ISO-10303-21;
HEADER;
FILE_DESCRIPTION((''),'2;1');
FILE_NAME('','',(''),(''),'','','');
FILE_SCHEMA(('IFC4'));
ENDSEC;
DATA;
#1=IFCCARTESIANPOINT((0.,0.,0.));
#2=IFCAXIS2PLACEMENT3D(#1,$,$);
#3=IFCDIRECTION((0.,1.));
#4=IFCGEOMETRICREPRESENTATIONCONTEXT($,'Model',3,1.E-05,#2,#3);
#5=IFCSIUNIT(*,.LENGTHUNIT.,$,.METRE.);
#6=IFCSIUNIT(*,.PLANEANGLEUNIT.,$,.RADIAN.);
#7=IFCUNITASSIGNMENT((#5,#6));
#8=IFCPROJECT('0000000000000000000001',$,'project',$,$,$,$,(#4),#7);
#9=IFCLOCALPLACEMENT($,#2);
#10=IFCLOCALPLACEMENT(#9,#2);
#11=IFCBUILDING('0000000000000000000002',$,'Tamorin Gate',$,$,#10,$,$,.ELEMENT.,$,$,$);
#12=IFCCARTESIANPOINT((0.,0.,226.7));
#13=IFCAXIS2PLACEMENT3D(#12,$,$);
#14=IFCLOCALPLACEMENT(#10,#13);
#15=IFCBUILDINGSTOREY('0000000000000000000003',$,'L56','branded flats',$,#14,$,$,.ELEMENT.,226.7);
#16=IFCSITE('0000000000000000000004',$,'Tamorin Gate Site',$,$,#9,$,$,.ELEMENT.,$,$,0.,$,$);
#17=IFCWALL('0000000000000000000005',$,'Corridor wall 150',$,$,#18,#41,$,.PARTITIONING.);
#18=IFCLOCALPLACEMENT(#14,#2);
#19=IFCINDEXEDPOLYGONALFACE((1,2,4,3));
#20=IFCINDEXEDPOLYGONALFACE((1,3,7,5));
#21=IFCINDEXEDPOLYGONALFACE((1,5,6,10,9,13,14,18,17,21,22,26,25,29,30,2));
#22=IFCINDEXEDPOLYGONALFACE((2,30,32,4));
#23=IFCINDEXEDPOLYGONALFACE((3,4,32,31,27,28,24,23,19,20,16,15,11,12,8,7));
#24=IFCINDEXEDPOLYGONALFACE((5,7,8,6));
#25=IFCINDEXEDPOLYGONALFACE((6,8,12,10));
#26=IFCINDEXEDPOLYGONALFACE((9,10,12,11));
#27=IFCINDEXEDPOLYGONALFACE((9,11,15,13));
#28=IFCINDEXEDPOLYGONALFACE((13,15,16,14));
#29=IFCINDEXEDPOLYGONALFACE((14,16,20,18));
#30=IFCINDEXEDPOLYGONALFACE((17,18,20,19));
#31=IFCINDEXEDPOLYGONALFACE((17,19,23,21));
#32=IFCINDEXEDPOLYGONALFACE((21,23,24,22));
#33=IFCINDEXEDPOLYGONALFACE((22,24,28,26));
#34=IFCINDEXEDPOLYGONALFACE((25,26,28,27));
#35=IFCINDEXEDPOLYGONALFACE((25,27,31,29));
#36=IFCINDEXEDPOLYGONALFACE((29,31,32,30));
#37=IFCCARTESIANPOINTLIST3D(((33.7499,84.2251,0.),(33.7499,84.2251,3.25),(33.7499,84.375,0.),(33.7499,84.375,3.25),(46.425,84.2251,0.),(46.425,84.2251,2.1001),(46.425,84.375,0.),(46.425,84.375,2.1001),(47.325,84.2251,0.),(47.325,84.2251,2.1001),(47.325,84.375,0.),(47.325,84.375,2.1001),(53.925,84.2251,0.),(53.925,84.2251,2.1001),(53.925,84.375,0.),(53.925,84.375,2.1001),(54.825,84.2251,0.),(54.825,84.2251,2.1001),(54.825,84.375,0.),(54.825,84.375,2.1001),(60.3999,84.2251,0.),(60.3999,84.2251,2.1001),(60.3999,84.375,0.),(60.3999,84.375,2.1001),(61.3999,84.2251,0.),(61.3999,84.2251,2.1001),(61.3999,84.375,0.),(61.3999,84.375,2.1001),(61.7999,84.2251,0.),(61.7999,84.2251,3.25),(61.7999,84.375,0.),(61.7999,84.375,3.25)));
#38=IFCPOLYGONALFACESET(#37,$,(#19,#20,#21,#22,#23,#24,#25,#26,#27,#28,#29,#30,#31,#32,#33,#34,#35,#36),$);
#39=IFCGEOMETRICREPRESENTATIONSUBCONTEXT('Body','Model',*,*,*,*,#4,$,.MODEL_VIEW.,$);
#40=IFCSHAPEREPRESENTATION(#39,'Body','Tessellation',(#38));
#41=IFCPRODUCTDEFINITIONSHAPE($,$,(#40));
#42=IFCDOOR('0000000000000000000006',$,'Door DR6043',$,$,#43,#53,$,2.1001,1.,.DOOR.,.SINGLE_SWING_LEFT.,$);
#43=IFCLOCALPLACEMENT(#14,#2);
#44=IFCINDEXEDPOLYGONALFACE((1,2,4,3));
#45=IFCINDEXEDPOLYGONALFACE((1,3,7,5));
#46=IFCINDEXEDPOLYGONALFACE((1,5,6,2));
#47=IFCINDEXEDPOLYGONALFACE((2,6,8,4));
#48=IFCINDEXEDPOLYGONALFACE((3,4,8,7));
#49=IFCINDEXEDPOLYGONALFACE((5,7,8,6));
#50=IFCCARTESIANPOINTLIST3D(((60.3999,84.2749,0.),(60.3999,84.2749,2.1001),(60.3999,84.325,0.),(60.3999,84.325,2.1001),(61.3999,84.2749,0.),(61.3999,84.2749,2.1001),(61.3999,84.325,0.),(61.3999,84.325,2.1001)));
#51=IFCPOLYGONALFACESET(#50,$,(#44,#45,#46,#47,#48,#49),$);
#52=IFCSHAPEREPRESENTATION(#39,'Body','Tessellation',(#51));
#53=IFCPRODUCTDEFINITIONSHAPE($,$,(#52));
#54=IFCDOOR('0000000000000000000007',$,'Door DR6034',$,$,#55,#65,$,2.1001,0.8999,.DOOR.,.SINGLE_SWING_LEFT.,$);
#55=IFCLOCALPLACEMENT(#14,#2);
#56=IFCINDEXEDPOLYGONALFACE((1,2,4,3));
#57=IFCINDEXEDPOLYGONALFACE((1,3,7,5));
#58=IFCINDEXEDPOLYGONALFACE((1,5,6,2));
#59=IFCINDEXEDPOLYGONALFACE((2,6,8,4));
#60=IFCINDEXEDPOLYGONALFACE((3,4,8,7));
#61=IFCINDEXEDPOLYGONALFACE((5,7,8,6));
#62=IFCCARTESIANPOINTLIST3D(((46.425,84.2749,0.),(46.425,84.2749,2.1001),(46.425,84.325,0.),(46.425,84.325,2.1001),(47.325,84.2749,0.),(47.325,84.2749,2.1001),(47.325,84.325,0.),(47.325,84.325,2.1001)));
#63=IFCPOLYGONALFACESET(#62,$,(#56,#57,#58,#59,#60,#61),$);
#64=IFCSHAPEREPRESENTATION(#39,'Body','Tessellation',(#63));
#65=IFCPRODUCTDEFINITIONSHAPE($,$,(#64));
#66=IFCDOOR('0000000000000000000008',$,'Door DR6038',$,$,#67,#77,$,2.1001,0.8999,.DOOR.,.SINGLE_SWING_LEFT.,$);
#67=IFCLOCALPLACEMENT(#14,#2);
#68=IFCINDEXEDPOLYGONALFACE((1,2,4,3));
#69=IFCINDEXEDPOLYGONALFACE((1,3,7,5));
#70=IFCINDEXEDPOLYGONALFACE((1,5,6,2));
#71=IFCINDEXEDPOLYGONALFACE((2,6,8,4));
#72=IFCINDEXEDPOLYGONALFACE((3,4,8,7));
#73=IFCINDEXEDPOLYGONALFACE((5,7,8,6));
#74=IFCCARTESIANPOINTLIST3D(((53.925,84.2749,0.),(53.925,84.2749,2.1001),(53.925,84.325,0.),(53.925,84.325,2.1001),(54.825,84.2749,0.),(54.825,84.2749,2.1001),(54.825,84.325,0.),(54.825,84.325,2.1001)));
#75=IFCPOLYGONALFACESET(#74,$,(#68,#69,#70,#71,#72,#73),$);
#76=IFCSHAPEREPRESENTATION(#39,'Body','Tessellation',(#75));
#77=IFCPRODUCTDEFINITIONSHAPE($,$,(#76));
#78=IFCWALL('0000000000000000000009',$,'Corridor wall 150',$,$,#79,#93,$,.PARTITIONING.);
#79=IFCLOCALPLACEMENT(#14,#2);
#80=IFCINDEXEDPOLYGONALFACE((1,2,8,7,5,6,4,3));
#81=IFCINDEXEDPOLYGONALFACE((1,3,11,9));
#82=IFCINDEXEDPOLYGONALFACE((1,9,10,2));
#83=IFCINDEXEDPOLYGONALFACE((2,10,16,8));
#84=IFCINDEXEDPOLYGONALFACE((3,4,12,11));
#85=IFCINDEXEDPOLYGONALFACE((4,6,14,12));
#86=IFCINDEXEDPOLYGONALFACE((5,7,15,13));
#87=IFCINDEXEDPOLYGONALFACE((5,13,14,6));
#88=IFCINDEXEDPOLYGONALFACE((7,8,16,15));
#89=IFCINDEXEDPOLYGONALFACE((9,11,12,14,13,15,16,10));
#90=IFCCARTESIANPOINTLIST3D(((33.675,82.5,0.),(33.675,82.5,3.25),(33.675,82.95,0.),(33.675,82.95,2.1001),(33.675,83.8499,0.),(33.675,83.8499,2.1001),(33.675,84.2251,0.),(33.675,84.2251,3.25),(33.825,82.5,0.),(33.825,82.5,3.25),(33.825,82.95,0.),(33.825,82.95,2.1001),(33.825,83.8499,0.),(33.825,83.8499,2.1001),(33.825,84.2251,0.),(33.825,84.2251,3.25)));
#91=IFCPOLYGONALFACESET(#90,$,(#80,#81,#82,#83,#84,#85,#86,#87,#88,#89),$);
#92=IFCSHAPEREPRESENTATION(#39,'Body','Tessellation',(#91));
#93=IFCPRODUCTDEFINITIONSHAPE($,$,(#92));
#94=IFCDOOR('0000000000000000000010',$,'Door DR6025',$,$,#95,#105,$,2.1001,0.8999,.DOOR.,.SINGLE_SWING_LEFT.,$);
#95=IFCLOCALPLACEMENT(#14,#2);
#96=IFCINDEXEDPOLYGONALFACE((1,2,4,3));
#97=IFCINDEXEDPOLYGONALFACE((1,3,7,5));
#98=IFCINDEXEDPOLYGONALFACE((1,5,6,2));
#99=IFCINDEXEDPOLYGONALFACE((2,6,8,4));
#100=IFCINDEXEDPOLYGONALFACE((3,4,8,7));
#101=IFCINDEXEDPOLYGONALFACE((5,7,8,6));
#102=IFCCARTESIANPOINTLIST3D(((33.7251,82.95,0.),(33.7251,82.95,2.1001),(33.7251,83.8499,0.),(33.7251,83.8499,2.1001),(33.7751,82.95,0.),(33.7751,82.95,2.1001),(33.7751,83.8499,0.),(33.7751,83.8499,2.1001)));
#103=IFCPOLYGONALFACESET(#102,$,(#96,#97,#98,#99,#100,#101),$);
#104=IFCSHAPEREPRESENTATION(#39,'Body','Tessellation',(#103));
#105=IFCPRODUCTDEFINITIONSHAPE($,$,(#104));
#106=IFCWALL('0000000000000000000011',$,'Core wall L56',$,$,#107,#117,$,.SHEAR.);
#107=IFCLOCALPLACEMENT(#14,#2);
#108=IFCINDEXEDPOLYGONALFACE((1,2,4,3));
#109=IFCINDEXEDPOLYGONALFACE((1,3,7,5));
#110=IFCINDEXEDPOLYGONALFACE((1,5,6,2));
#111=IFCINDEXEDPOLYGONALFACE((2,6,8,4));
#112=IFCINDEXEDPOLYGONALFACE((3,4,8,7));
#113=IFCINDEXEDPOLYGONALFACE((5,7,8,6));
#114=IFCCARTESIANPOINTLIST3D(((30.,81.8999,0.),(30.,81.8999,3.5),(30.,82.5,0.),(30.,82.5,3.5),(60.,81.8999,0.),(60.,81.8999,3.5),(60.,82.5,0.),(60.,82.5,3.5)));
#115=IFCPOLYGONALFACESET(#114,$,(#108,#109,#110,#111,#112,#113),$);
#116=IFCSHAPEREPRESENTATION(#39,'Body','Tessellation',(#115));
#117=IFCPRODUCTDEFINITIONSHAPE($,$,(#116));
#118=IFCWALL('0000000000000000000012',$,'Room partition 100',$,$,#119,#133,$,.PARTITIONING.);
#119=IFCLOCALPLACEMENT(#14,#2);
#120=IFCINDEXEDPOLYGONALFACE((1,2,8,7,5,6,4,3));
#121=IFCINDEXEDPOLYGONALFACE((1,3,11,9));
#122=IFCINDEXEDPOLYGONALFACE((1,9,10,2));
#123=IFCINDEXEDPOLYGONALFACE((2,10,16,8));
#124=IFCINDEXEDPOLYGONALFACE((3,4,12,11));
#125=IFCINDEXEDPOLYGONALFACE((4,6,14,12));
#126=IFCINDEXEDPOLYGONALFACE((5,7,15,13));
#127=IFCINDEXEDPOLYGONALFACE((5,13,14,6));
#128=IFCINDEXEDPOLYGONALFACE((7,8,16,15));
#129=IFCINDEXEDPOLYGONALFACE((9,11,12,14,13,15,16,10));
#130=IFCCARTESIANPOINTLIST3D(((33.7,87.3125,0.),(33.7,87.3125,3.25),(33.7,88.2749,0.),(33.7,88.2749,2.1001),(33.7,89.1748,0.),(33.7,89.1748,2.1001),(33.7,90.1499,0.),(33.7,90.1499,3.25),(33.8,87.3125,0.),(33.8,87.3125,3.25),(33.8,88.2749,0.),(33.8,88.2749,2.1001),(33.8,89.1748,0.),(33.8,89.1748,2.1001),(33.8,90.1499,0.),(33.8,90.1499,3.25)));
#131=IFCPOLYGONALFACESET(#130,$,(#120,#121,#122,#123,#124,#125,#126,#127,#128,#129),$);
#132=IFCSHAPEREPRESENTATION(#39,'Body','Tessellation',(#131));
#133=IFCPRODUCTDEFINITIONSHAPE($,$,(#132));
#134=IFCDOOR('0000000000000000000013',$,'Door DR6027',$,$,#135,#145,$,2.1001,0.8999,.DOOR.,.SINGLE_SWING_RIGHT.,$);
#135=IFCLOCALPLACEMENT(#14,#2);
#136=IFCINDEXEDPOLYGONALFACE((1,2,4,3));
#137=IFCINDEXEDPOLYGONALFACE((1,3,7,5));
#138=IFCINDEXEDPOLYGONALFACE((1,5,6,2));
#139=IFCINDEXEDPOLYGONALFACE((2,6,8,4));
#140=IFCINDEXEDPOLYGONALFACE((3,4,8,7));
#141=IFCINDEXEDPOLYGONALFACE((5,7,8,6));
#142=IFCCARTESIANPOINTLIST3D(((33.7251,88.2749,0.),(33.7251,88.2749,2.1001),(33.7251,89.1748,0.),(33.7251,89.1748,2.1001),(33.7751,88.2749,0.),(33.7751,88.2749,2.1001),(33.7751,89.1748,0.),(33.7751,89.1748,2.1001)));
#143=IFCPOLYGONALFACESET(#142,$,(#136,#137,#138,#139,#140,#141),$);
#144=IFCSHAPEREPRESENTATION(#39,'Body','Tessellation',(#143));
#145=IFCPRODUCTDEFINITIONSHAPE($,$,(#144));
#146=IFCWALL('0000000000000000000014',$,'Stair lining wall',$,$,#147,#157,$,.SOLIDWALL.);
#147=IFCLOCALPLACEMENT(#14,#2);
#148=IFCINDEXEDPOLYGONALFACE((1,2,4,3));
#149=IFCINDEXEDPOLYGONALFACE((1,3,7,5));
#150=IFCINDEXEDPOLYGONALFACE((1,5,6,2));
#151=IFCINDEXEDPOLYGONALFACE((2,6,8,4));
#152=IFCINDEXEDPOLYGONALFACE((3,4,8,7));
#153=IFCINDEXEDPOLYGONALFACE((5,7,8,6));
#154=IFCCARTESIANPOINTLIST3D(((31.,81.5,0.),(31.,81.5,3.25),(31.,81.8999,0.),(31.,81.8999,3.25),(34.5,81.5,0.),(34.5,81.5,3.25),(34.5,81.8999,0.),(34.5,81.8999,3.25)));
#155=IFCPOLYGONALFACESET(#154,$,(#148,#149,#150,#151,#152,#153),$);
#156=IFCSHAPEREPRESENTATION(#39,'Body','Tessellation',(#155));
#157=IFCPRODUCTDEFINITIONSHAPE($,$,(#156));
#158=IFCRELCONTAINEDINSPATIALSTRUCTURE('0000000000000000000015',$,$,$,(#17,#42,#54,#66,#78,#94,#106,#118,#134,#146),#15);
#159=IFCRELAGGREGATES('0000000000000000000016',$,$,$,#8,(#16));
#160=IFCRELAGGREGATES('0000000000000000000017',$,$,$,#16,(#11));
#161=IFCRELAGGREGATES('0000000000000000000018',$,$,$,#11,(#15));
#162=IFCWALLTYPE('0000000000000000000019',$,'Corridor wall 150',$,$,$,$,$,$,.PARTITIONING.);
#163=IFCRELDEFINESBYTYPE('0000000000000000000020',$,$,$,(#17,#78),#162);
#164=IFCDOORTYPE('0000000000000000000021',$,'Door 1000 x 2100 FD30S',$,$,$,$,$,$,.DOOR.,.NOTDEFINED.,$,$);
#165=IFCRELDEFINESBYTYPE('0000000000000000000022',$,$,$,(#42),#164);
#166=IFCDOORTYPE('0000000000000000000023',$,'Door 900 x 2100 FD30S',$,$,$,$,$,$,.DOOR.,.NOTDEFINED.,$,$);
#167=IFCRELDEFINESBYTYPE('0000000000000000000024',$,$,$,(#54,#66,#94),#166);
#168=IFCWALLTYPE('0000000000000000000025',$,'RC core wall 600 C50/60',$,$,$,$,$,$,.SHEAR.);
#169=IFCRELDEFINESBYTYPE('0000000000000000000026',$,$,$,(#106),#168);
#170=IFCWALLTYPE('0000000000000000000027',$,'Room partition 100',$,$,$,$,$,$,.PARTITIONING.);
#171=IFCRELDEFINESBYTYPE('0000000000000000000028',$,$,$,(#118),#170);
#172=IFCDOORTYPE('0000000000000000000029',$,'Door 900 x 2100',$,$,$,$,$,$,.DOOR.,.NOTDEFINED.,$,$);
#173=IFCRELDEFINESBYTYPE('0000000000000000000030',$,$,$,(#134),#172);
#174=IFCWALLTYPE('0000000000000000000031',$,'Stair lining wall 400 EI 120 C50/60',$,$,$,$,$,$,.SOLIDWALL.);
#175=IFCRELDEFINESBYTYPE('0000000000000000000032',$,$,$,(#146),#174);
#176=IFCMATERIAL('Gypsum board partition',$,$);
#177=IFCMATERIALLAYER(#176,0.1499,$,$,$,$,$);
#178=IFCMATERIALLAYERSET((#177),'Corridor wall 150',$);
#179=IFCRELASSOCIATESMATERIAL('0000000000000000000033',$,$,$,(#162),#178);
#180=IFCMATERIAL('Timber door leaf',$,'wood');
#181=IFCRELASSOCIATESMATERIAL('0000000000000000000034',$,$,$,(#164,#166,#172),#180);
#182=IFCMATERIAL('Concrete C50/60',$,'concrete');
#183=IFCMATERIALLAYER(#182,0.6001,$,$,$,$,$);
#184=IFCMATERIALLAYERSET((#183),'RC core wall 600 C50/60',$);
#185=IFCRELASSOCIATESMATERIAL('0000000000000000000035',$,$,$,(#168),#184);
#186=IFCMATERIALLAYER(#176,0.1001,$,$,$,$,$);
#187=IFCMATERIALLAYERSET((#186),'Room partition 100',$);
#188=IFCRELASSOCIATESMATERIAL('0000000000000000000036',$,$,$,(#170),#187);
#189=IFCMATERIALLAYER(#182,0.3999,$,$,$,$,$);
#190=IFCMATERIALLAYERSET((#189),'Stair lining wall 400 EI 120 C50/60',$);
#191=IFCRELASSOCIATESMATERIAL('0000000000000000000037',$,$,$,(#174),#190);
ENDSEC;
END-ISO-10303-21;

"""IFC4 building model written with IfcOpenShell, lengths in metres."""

from ifc_helpers import new_model, si_unit, direction, frame, frame_2d, origin, place, context, subcontext, project, spatial, rectangle, extrude, material, layer, layer_set, type_object, element, fill, save


model = new_model("IFC4")

# Units and contexts
model_context = context("Model", 3, precision=1e-05, world=origin(), true_north=direction((0.0, 1.0)))
body_context = subcontext(model_context, "Body", "Model", "MODEL_VIEW")
ifc_project = project(units=[si_unit("LENGTHUNIT", "METRE"), si_unit("PLANEANGLEUNIT", "RADIAN")], contexts=[model_context])

# Site, building, storey
site_placement = place(None, origin())
site = spatial("IfcSite", under=ifc_project, at=site_placement, Name="Tamorin Gate Site", CompositionType="ELEMENT", RefElevation=0.0)
building_placement = place(site_placement, origin())
building = spatial("IfcBuilding", under=site, at=building_placement, Name="Tamorin Gate", CompositionType="ELEMENT")
storey_placement = place(building_placement, frame((0.0, 0.0, 226.7)))
storey = spatial("IfcBuildingStorey", under=building, at=storey_placement, Name="L56", Description="branded flats", CompositionType="ELEMENT", Elevation=226.7)

# Wall, openings, doors
ifc_material_1 = material(Name="Gypsum board partition")
ifc_layer_1 = layer(ifc_material_1, 0.1499)
ifc_layer_set_1 = layer_set([ifc_layer_1], Name="Corridor wall 150")
wall_type_1 = type_object("IfcWallType", Name="Corridor wall 150", PredefinedType="PARTITIONING", material=ifc_layer_set_1)
wall_1_placement = place(storey_placement, frame((33.75, 84.3, 0.0), z_axis=(0.0, 0.0, 1.0), x_axis=(1.0, 0.0, 0.0)))
wall_1 = element("IfcWall", 1, at=wall_1_placement, inside=storey, type_object=wall_type_1, Name="Corridor wall 150", PredefinedType="PARTITIONING", context=body_context, shape_type="SweptSolid", body=[
    extrude(rectangle(XDim=28.05, YDim=0.1499, at=frame_2d((14.0249, 0.0))), origin(), (0.0, 0.0, 1.0), 3.25),
])
opening_1_placement = place(wall_1_placement, frame((12.675, 0.0, 0.0)))
opening_1 = element("IfcOpeningElement", 2, at=opening_1_placement, cuts=wall_1, PredefinedType="OPENING", context=body_context, shape_type="SweptSolid", body=[
    extrude(rectangle(XDim=0.8999, YDim=2.1001, at=frame_2d((0.45, 1.05))), frame((0.0, 0.085, 0.0), z_axis=(0.0, -1.0, 0.0), x_axis=(1.0, 0.0, 0.0)), (0.0, 0.0, 1.0), 0.1699),
])
opening_2_placement = place(wall_1_placement, frame((20.175, 0.0, 0.0)))
opening_2 = element("IfcOpeningElement", 3, at=opening_2_placement, cuts=wall_1, PredefinedType="OPENING", context=body_context, shape_type="SweptSolid", body=[
    extrude(rectangle(XDim=0.8999, YDim=2.1001, at=frame_2d((0.45, 1.05))), frame((0.0, 0.085, 0.0), z_axis=(0.0, -1.0, 0.0), x_axis=(1.0, 0.0, 0.0)), (0.0, 0.0, 1.0), 0.1699),
])
opening_3_placement = place(wall_1_placement, frame((26.6499, 0.0, 0.0)))
opening_3 = element("IfcOpeningElement", 4, at=opening_3_placement, cuts=wall_1, PredefinedType="OPENING", context=body_context, shape_type="SweptSolid", body=[
    extrude(rectangle(XDim=1.0, YDim=2.1001, at=frame_2d((0.5, 1.05))), frame((0.0, 0.085, 0.0), z_axis=(0.0, -1.0, 0.0), x_axis=(1.0, 0.0, 0.0)), (0.0, 0.0, 1.0), 0.1699),
])
ifc_material_2 = material(Name="Timber door leaf", Category="wood")
door_type_1 = type_object("IfcDoorType", Name="Door 1000 x 2100 FD30S", OperationType="NOTDEFINED", PredefinedType="DOOR", material=ifc_material_2)
door_1_placement = place(opening_3_placement, origin())
door_1 = element("IfcDoor", 5, at=door_1_placement, inside=storey, type_object=door_type_1, Name="Door DR6043", OperationType="SINGLE_SWING_LEFT", OverallHeight=2.1001, OverallWidth=1.0, PredefinedType="DOOR", context=body_context, shape_type="SweptSolid", body=[
    extrude(rectangle(XDim=1.0, YDim=2.1001, at=frame_2d((0.5, 1.05))), frame((0.0, 0.0249, 0.0), z_axis=(0.0, -1.0, 0.0), x_axis=(1.0, 0.0, 0.0)), (0.0, 0.0, 1.0), 0.05),
])
fill(opening_3, door_1)
door_type_2 = type_object("IfcDoorType", Name="Door 900 x 2100 FD30S", OperationType="NOTDEFINED", PredefinedType="DOOR", material=ifc_material_2)
door_2_placement = place(opening_1_placement, origin())
door_2 = element("IfcDoor", 6, at=door_2_placement, inside=storey, type_object=door_type_2, Name="Door DR6034", OperationType="SINGLE_SWING_LEFT", OverallHeight=2.1001, OverallWidth=0.8999, PredefinedType="DOOR", context=body_context, shape_type="SweptSolid", body=[
    extrude(rectangle(XDim=0.8999, YDim=2.1001, at=frame_2d((0.45, 1.05))), frame((0.0, 0.0249, 0.0), z_axis=(0.0, -1.0, 0.0), x_axis=(1.0, 0.0, 0.0)), (0.0, 0.0, 1.0), 0.05),
])
fill(opening_1, door_2)
door_3_placement = place(opening_2_placement, origin())
door_3 = element("IfcDoor", 7, at=door_3_placement, inside=storey, type_object=door_type_2, Name="Door DR6038", OperationType="SINGLE_SWING_LEFT", OverallHeight=2.1001, OverallWidth=0.8999, PredefinedType="DOOR", context=body_context, shape_type="SweptSolid", body=[
    extrude(rectangle(XDim=0.8999, YDim=2.1001, at=frame_2d((0.45, 1.05))), frame((0.0, 0.0249, 0.0), z_axis=(0.0, -1.0, 0.0), x_axis=(1.0, 0.0, 0.0)), (0.0, 0.0, 1.0), 0.05),
])
fill(opening_2, door_3)

# Wall, opening, door
wall_2_placement = place(storey_placement, frame((33.75, 82.5, 0.0), z_axis=(0.0, 0.0, 1.0), x_axis=(0.0, 1.0, 0.0)))
wall_2 = element("IfcWall", 8, at=wall_2_placement, inside=storey, type_object=wall_type_1, Name="Corridor wall 150", PredefinedType="PARTITIONING", context=body_context, shape_type="SweptSolid", body=[
    extrude(rectangle(XDim=1.7251, YDim=0.1499, at=frame_2d((0.8625, 0.0))), origin(), (0.0, 0.0, 1.0), 3.25),
])
opening_4_placement = place(wall_2_placement, frame((0.45, 0.0, 0.0)))
opening_4 = element("IfcOpeningElement", 9, at=opening_4_placement, cuts=wall_2, PredefinedType="OPENING", context=body_context, shape_type="SweptSolid", body=[
    extrude(rectangle(XDim=0.8999, YDim=2.1001, at=frame_2d((0.45, 1.05))), frame((0.0, 0.085, 0.0), z_axis=(0.0, -1.0, 0.0), x_axis=(1.0, 0.0, 0.0)), (0.0, 0.0, 1.0), 0.1699),
])
door_4_placement = place(opening_4_placement, origin())
door_4 = element("IfcDoor", 10, at=door_4_placement, inside=storey, type_object=door_type_2, Name="Door DR6025", OperationType="SINGLE_SWING_LEFT", OverallHeight=2.1001, OverallWidth=0.8999, PredefinedType="DOOR", context=body_context, shape_type="SweptSolid", body=[
    extrude(rectangle(XDim=0.8999, YDim=2.1001, at=frame_2d((0.45, 1.05))), frame((0.0, 0.0249, 0.0), z_axis=(0.0, -1.0, 0.0), x_axis=(1.0, 0.0, 0.0)), (0.0, 0.0, 1.0), 0.05),
])
fill(opening_4, door_4)

# Wall
ifc_material_3 = material(Name="Concrete C50/60", Category="concrete")
ifc_layer_2 = layer(ifc_material_3, 0.6001)
ifc_layer_set_2 = layer_set([ifc_layer_2], Name="RC core wall 600 C50/60")
wall_type_2 = type_object("IfcWallType", Name="RC core wall 600 C50/60", PredefinedType="SHEAR", material=ifc_layer_set_2)
wall_3_placement = place(storey_placement, frame((30.0, 82.2, 0.0), z_axis=(0.0, 0.0, 1.0), x_axis=(1.0, 0.0, 0.0)))
element("IfcWall", 11, at=wall_3_placement, inside=storey, type_object=wall_type_2, Name="Core wall L56", PredefinedType="SHEAR", context=body_context, shape_type="SweptSolid", body=[
    extrude(rectangle(XDim=30.0, YDim=0.6001, at=frame_2d((15.0, 0.0))), origin(), (0.0, 0.0, 1.0), 3.5),
])

# Wall, opening, door
ifc_layer_3 = layer(ifc_material_1, 0.1001)
ifc_layer_set_3 = layer_set([ifc_layer_3], Name="Room partition 100")
wall_type_3 = type_object("IfcWallType", Name="Room partition 100", PredefinedType="PARTITIONING", material=ifc_layer_set_3)
wall_4_placement = place(storey_placement, frame((33.75, 87.3125, 0.0), z_axis=(0.0, 0.0, 1.0), x_axis=(0.0, 1.0, 0.0)))
wall_4 = element("IfcWall", 12, at=wall_4_placement, inside=storey, type_object=wall_type_3, Name="Room partition 100", PredefinedType="PARTITIONING", context=body_context, shape_type="SweptSolid", body=[
    extrude(rectangle(XDim=2.8374, YDim=0.1001, at=frame_2d((1.4187, 0.0))), origin(), (0.0, 0.0, 1.0), 3.25),
])
opening_5_placement = place(wall_4_placement, frame((0.9624, 0.0, 0.0)))
opening_5 = element("IfcOpeningElement", 13, at=opening_5_placement, cuts=wall_4, PredefinedType="OPENING", context=body_context, shape_type="SweptSolid", body=[
    extrude(rectangle(XDim=0.8999, YDim=2.1001, at=frame_2d((0.45, 1.05))), frame((0.0, 0.0601, 0.0), z_axis=(0.0, -1.0, 0.0), x_axis=(1.0, 0.0, 0.0)), (0.0, 0.0, 1.0), 0.1201),
])
door_type_3 = type_object("IfcDoorType", Name="Door 900 x 2100", OperationType="NOTDEFINED", PredefinedType="DOOR", material=ifc_material_2)
door_5_placement = place(opening_5_placement, origin())
door_5 = element("IfcDoor", 14, at=door_5_placement, inside=storey, type_object=door_type_3, Name="Door DR6027", OperationType="SINGLE_SWING_RIGHT", OverallHeight=2.1001, OverallWidth=0.8999, PredefinedType="DOOR", context=body_context, shape_type="SweptSolid", body=[
    extrude(rectangle(XDim=0.8999, YDim=2.1001, at=frame_2d((0.45, 1.05))), frame((0.0, 0.0249, 0.0), z_axis=(0.0, -1.0, 0.0), x_axis=(1.0, 0.0, 0.0)), (0.0, 0.0, 1.0), 0.05),
])
fill(opening_5, door_5)

# Wall
ifc_layer_4 = layer(ifc_material_3, 0.3999)
ifc_layer_set_4 = layer_set([ifc_layer_4], Name="Stair lining wall 400 EI 120 C50/60")
wall_type_4 = type_object("IfcWallType", Name="Stair lining wall 400 EI 120 C50/60", PredefinedType="SOLIDWALL", material=ifc_layer_set_4)
wall_5_placement = place(storey_placement, frame((31.0, 81.7, 0.0), z_axis=(0.0, 0.0, 1.0), x_axis=(1.0, 0.0, 0.0)))
element("IfcWall", 15, at=wall_5_placement, inside=storey, type_object=wall_type_4, Name="Stair lining wall", PredefinedType="SOLIDWALL", context=body_context, shape_type="SweptSolid", body=[
    extrude(rectangle(XDim=3.5, YDim=0.3999, at=frame_2d((1.75, 0.0))), origin(), (0.0, 0.0, 1.0), 3.25),
])

save(model, "model.ifc")
